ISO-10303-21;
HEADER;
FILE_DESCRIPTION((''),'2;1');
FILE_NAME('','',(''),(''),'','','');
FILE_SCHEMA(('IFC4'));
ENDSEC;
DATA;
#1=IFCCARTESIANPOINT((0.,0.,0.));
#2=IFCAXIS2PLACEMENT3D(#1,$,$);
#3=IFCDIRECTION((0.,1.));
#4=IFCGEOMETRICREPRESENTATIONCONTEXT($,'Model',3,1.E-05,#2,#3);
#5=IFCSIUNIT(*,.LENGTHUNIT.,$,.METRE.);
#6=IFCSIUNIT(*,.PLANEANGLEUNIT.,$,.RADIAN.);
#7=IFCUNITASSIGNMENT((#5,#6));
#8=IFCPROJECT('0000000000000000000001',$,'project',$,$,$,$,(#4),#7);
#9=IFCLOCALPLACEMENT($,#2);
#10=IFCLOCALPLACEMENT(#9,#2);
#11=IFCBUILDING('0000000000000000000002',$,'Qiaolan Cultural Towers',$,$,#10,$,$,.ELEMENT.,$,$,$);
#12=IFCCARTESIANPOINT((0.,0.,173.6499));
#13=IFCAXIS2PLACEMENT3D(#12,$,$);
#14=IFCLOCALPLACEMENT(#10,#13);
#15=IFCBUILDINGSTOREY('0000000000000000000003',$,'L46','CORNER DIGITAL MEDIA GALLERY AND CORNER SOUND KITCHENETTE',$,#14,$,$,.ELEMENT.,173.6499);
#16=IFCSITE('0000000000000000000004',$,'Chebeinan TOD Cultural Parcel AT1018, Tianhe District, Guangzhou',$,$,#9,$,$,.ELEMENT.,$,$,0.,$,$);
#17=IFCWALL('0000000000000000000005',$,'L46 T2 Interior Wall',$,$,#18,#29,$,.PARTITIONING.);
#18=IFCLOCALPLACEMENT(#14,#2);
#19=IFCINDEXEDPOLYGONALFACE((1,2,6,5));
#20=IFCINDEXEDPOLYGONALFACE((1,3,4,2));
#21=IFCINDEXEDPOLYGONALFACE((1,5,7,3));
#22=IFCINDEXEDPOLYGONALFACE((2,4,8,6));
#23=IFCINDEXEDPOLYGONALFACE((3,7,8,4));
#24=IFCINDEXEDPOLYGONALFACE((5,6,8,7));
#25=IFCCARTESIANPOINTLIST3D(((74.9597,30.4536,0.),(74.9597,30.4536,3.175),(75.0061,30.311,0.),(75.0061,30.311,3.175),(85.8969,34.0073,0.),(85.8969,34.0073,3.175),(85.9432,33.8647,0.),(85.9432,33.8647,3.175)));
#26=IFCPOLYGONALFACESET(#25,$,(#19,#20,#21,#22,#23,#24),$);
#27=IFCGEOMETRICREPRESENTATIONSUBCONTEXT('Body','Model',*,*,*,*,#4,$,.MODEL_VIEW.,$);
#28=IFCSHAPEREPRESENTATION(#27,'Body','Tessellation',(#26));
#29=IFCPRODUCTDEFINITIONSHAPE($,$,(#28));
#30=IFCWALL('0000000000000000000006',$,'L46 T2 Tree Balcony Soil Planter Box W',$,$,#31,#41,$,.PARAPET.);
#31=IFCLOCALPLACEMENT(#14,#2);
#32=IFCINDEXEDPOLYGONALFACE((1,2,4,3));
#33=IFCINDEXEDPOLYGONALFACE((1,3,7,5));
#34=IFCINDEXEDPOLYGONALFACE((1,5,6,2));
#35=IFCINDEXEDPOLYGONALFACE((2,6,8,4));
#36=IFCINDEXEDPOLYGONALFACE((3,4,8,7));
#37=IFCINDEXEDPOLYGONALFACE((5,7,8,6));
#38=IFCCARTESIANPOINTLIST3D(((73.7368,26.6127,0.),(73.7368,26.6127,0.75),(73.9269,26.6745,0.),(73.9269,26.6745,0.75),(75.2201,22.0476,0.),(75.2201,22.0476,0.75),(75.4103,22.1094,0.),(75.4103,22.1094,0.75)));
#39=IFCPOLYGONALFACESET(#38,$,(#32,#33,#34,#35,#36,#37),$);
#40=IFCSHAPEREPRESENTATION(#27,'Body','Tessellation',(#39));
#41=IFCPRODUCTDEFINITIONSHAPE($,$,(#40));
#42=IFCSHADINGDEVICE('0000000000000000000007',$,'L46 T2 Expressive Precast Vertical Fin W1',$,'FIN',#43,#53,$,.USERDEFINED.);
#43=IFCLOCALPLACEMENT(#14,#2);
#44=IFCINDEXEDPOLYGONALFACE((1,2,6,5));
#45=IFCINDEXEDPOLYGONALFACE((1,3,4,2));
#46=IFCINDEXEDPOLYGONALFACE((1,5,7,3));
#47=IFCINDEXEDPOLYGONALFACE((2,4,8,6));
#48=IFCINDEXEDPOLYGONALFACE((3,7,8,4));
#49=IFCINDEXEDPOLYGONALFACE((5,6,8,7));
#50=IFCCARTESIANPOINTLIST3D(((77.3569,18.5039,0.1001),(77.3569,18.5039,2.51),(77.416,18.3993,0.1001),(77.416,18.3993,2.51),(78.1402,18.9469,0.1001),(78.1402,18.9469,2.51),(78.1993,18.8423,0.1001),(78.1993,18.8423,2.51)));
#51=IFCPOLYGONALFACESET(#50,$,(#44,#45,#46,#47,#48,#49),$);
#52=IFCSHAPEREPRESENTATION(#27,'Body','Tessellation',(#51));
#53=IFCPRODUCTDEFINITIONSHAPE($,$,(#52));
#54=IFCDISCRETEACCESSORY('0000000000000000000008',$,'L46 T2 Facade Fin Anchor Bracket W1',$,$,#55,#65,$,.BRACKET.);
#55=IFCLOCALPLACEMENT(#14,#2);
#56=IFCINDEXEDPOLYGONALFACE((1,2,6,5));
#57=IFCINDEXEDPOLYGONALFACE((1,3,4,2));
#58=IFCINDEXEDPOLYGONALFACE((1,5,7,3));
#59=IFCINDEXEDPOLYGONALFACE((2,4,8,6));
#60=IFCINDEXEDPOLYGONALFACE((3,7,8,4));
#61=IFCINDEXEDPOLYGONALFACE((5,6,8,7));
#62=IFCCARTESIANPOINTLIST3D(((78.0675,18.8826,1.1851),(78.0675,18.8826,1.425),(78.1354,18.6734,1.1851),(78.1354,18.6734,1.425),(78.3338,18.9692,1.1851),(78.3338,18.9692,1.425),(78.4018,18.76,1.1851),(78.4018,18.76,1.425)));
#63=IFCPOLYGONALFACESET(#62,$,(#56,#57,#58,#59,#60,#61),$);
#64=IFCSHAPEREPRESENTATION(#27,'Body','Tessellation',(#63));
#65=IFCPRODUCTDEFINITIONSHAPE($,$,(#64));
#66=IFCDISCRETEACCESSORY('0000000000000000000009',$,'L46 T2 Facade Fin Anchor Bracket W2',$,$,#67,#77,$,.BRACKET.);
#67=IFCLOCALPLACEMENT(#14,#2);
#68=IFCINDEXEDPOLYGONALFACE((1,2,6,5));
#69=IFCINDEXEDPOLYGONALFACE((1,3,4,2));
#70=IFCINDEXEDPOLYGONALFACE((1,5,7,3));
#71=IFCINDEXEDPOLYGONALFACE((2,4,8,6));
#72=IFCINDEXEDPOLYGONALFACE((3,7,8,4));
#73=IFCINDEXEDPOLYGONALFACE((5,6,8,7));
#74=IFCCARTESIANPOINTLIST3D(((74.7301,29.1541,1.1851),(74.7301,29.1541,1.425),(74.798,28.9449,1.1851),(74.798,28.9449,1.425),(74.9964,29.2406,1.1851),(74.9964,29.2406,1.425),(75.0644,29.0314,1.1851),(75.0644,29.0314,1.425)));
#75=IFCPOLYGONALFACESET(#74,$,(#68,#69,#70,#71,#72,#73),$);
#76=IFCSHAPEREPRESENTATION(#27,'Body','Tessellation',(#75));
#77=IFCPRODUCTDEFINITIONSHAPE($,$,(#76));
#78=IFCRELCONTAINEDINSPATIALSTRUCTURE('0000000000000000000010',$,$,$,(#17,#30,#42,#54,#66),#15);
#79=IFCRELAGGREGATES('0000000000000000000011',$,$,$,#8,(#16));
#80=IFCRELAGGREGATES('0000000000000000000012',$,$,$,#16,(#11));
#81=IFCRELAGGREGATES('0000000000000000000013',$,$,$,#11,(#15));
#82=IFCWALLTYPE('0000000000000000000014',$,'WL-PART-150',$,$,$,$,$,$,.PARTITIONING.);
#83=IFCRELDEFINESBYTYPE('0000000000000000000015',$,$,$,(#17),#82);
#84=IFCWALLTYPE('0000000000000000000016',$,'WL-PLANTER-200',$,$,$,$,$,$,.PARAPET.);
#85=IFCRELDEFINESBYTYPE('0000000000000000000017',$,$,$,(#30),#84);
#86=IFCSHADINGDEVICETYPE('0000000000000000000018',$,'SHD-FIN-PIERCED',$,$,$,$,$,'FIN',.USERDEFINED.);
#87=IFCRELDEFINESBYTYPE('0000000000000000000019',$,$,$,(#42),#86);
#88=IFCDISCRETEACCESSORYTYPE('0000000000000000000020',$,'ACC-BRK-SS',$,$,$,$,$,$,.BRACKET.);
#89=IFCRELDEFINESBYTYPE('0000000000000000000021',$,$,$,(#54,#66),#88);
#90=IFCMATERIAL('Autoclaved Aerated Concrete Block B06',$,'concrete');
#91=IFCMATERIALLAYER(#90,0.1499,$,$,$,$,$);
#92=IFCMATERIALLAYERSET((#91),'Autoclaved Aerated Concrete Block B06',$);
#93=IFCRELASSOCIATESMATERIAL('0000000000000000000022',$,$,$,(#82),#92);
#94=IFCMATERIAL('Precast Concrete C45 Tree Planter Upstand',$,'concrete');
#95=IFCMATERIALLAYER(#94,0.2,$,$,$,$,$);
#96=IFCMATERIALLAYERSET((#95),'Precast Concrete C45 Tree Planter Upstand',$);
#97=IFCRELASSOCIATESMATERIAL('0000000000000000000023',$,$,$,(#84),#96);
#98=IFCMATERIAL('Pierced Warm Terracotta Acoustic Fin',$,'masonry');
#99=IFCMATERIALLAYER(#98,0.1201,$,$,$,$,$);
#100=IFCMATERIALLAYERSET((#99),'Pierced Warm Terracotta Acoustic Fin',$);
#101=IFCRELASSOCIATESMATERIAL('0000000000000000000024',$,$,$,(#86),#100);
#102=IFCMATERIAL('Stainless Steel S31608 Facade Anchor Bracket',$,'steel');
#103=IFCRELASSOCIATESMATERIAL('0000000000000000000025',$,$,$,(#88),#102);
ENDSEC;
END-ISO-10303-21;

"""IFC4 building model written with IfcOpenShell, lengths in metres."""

from ifc_helpers import new_model, si_unit, direction, frame, frame_2d, origin, origin_2d, place, context, subcontext, project, spatial, rectangle, extrude, material, layer, layer_set, type_object, element, save


model = new_model("IFC4")

# Units and contexts
model_context = context("Model", 3, precision=1e-05, world=origin(), true_north=direction((0.0, 1.0)))
body_context = subcontext(model_context, "Body", "Model", "MODEL_VIEW")
ifc_project = project(units=[si_unit("LENGTHUNIT", "METRE"), si_unit("PLANEANGLEUNIT", "RADIAN")], contexts=[model_context])

# Site, building, storey
site_placement = place(None, origin())
site = spatial("IfcSite", under=ifc_project, at=site_placement, Name="Chebeinan TOD Cultural Parcel AT1018, Tianhe District, Guangzhou", CompositionType="ELEMENT", RefElevation=0.0)
building_placement = place(site_placement, origin())
building = spatial("IfcBuilding", under=site, at=building_placement, Name="Qiaolan Cultural Towers", CompositionType="ELEMENT")
storey_placement = place(building_placement, frame((0.0, 0.0, 173.6499)))
storey = spatial("IfcBuildingStorey", under=building, at=storey_placement, Name="L46", Description="CORNER DIGITAL MEDIA GALLERY AND CORNER SOUND KITCHENETTE", CompositionType="ELEMENT", Elevation=173.6499)

# Shared definitions
ifc_material_1 = material(Name="Autoclaved Aerated Concrete Block B06", Category="concrete")
ifc_layer_1 = layer(ifc_material_1, 0.1499)
ifc_layer_set_1 = layer_set([ifc_layer_1], Name="Autoclaved Aerated Concrete Block B06")
wall_type_1 = type_object("IfcWallType", Name="WL-PART-150", PredefinedType="PARTITIONING", material=ifc_layer_set_1)

# Walls
wall_1_placement = place(storey_placement, frame((74.9829, 30.3823, 0.0), z_axis=(0.0, 0.0, 1.0), x_axis=(0.951057, 0.309016, 0.0)))
element("IfcWall", 1, at=wall_1_placement, inside=storey, type_object=wall_type_1, Name="L46 T2 Interior Wall", PredefinedType="PARTITIONING", context=body_context, shape_type="SweptSolid", body=[
    extrude(rectangle(XDim=11.5, YDim=0.1499, at=frame_2d((5.75, 0.0))), origin(), (0.0, 0.0, 1.0), 3.175),
])
ifc_material_2 = material(Name="Precast Concrete C45 Tree Planter Upstand", Category="concrete")
ifc_layer_2 = layer(ifc_material_2, 0.2)
ifc_layer_set_2 = layer_set([ifc_layer_2], Name="Precast Concrete C45 Tree Planter Upstand")
wall_type_2 = type_object("IfcWallType", Name="WL-PLANTER-200", PredefinedType="PARAPET", material=ifc_layer_set_2)
wall_2_placement = place(storey_placement, frame((75.3152, 22.0786, 0.0), z_axis=(0.0, 0.0, 1.0), x_axis=(-0.309032, 0.951052, 0.0)))
element("IfcWall", 2, at=wall_2_placement, inside=storey, type_object=wall_type_2, Name="L46 T2 Tree Balcony Soil Planter Box W", PredefinedType="PARAPET", context=body_context, shape_type="SweptSolid", body=[
    extrude(rectangle(XDim=4.8, YDim=0.2, at=frame_2d((2.3999, 0.0))), origin(), (0.0, 0.0, 1.0), 0.75),
])

# Shading device
ifc_material_3 = material(Name="Pierced Warm Terracotta Acoustic Fin", Category="masonry")
ifc_layer_3 = layer(ifc_material_3, 0.1201)
ifc_layer_set_3 = layer_set([ifc_layer_3], Name="Pierced Warm Terracotta Acoustic Fin")
shading_device_type = type_object("IfcShadingDeviceType", Name="SHD-FIN-PIERCED", ElementType="FIN", PredefinedType="USERDEFINED", material=ifc_layer_set_3)
shading_device_placement = place(storey_placement, frame((77.7781, 18.6731, 0.1001), z_axis=(0.0, 0.0, 1.0), x_axis=(0.870436, 0.492282, 0.0)))
element("IfcShadingDevice", 3, at=shading_device_placement, inside=storey, type_object=shading_device_type, Name="L46 T2 Expressive Precast Vertical Fin W1", ObjectType="FIN", PredefinedType="USERDEFINED", context=body_context, shape_type="SweptSolid", body=[
    extrude(rectangle(XDim=0.8999, YDim=0.1201, at=origin_2d()), origin(), (0.0, 0.0, 1.0), 2.4099),
])

# Discrete accessories
ifc_material_4 = material(Name="Stainless Steel S31608 Facade Anchor Bracket", Category="steel")
discrete_accessory_type = type_object("IfcDiscreteAccessoryType", Name="ACC-BRK-SS", PredefinedType="BRACKET", material=ifc_material_4)
for number, where, z_axis, x_axis, name in (
    (4, (78.2346, 18.8213, 1.1851), (0.0, 0.0, 1.0), (0.951057, 0.309017, 0.0), "L46 T2 Facade Fin Anchor Bracket W1"),
    (5, (74.8972, 29.0928, 1.1851), (0.0, 0.0, 1.0), (0.951057, 0.309017, 0.0), "L46 T2 Facade Fin Anchor Bracket W2"),
):
    element("IfcDiscreteAccessory", number, at=place(storey_placement, frame(where, z_axis=z_axis, x_axis=x_axis)), inside=storey, type_object=discrete_accessory_type, Name=name, PredefinedType="BRACKET", context=body_context, shape_type="SweptSolid", body=[
        extrude(rectangle(XDim=0.28, YDim=0.22, at=origin_2d()), origin(), (0.0, 0.0, 1.0), 0.24),
    ])

save(model, "model.ifc")
